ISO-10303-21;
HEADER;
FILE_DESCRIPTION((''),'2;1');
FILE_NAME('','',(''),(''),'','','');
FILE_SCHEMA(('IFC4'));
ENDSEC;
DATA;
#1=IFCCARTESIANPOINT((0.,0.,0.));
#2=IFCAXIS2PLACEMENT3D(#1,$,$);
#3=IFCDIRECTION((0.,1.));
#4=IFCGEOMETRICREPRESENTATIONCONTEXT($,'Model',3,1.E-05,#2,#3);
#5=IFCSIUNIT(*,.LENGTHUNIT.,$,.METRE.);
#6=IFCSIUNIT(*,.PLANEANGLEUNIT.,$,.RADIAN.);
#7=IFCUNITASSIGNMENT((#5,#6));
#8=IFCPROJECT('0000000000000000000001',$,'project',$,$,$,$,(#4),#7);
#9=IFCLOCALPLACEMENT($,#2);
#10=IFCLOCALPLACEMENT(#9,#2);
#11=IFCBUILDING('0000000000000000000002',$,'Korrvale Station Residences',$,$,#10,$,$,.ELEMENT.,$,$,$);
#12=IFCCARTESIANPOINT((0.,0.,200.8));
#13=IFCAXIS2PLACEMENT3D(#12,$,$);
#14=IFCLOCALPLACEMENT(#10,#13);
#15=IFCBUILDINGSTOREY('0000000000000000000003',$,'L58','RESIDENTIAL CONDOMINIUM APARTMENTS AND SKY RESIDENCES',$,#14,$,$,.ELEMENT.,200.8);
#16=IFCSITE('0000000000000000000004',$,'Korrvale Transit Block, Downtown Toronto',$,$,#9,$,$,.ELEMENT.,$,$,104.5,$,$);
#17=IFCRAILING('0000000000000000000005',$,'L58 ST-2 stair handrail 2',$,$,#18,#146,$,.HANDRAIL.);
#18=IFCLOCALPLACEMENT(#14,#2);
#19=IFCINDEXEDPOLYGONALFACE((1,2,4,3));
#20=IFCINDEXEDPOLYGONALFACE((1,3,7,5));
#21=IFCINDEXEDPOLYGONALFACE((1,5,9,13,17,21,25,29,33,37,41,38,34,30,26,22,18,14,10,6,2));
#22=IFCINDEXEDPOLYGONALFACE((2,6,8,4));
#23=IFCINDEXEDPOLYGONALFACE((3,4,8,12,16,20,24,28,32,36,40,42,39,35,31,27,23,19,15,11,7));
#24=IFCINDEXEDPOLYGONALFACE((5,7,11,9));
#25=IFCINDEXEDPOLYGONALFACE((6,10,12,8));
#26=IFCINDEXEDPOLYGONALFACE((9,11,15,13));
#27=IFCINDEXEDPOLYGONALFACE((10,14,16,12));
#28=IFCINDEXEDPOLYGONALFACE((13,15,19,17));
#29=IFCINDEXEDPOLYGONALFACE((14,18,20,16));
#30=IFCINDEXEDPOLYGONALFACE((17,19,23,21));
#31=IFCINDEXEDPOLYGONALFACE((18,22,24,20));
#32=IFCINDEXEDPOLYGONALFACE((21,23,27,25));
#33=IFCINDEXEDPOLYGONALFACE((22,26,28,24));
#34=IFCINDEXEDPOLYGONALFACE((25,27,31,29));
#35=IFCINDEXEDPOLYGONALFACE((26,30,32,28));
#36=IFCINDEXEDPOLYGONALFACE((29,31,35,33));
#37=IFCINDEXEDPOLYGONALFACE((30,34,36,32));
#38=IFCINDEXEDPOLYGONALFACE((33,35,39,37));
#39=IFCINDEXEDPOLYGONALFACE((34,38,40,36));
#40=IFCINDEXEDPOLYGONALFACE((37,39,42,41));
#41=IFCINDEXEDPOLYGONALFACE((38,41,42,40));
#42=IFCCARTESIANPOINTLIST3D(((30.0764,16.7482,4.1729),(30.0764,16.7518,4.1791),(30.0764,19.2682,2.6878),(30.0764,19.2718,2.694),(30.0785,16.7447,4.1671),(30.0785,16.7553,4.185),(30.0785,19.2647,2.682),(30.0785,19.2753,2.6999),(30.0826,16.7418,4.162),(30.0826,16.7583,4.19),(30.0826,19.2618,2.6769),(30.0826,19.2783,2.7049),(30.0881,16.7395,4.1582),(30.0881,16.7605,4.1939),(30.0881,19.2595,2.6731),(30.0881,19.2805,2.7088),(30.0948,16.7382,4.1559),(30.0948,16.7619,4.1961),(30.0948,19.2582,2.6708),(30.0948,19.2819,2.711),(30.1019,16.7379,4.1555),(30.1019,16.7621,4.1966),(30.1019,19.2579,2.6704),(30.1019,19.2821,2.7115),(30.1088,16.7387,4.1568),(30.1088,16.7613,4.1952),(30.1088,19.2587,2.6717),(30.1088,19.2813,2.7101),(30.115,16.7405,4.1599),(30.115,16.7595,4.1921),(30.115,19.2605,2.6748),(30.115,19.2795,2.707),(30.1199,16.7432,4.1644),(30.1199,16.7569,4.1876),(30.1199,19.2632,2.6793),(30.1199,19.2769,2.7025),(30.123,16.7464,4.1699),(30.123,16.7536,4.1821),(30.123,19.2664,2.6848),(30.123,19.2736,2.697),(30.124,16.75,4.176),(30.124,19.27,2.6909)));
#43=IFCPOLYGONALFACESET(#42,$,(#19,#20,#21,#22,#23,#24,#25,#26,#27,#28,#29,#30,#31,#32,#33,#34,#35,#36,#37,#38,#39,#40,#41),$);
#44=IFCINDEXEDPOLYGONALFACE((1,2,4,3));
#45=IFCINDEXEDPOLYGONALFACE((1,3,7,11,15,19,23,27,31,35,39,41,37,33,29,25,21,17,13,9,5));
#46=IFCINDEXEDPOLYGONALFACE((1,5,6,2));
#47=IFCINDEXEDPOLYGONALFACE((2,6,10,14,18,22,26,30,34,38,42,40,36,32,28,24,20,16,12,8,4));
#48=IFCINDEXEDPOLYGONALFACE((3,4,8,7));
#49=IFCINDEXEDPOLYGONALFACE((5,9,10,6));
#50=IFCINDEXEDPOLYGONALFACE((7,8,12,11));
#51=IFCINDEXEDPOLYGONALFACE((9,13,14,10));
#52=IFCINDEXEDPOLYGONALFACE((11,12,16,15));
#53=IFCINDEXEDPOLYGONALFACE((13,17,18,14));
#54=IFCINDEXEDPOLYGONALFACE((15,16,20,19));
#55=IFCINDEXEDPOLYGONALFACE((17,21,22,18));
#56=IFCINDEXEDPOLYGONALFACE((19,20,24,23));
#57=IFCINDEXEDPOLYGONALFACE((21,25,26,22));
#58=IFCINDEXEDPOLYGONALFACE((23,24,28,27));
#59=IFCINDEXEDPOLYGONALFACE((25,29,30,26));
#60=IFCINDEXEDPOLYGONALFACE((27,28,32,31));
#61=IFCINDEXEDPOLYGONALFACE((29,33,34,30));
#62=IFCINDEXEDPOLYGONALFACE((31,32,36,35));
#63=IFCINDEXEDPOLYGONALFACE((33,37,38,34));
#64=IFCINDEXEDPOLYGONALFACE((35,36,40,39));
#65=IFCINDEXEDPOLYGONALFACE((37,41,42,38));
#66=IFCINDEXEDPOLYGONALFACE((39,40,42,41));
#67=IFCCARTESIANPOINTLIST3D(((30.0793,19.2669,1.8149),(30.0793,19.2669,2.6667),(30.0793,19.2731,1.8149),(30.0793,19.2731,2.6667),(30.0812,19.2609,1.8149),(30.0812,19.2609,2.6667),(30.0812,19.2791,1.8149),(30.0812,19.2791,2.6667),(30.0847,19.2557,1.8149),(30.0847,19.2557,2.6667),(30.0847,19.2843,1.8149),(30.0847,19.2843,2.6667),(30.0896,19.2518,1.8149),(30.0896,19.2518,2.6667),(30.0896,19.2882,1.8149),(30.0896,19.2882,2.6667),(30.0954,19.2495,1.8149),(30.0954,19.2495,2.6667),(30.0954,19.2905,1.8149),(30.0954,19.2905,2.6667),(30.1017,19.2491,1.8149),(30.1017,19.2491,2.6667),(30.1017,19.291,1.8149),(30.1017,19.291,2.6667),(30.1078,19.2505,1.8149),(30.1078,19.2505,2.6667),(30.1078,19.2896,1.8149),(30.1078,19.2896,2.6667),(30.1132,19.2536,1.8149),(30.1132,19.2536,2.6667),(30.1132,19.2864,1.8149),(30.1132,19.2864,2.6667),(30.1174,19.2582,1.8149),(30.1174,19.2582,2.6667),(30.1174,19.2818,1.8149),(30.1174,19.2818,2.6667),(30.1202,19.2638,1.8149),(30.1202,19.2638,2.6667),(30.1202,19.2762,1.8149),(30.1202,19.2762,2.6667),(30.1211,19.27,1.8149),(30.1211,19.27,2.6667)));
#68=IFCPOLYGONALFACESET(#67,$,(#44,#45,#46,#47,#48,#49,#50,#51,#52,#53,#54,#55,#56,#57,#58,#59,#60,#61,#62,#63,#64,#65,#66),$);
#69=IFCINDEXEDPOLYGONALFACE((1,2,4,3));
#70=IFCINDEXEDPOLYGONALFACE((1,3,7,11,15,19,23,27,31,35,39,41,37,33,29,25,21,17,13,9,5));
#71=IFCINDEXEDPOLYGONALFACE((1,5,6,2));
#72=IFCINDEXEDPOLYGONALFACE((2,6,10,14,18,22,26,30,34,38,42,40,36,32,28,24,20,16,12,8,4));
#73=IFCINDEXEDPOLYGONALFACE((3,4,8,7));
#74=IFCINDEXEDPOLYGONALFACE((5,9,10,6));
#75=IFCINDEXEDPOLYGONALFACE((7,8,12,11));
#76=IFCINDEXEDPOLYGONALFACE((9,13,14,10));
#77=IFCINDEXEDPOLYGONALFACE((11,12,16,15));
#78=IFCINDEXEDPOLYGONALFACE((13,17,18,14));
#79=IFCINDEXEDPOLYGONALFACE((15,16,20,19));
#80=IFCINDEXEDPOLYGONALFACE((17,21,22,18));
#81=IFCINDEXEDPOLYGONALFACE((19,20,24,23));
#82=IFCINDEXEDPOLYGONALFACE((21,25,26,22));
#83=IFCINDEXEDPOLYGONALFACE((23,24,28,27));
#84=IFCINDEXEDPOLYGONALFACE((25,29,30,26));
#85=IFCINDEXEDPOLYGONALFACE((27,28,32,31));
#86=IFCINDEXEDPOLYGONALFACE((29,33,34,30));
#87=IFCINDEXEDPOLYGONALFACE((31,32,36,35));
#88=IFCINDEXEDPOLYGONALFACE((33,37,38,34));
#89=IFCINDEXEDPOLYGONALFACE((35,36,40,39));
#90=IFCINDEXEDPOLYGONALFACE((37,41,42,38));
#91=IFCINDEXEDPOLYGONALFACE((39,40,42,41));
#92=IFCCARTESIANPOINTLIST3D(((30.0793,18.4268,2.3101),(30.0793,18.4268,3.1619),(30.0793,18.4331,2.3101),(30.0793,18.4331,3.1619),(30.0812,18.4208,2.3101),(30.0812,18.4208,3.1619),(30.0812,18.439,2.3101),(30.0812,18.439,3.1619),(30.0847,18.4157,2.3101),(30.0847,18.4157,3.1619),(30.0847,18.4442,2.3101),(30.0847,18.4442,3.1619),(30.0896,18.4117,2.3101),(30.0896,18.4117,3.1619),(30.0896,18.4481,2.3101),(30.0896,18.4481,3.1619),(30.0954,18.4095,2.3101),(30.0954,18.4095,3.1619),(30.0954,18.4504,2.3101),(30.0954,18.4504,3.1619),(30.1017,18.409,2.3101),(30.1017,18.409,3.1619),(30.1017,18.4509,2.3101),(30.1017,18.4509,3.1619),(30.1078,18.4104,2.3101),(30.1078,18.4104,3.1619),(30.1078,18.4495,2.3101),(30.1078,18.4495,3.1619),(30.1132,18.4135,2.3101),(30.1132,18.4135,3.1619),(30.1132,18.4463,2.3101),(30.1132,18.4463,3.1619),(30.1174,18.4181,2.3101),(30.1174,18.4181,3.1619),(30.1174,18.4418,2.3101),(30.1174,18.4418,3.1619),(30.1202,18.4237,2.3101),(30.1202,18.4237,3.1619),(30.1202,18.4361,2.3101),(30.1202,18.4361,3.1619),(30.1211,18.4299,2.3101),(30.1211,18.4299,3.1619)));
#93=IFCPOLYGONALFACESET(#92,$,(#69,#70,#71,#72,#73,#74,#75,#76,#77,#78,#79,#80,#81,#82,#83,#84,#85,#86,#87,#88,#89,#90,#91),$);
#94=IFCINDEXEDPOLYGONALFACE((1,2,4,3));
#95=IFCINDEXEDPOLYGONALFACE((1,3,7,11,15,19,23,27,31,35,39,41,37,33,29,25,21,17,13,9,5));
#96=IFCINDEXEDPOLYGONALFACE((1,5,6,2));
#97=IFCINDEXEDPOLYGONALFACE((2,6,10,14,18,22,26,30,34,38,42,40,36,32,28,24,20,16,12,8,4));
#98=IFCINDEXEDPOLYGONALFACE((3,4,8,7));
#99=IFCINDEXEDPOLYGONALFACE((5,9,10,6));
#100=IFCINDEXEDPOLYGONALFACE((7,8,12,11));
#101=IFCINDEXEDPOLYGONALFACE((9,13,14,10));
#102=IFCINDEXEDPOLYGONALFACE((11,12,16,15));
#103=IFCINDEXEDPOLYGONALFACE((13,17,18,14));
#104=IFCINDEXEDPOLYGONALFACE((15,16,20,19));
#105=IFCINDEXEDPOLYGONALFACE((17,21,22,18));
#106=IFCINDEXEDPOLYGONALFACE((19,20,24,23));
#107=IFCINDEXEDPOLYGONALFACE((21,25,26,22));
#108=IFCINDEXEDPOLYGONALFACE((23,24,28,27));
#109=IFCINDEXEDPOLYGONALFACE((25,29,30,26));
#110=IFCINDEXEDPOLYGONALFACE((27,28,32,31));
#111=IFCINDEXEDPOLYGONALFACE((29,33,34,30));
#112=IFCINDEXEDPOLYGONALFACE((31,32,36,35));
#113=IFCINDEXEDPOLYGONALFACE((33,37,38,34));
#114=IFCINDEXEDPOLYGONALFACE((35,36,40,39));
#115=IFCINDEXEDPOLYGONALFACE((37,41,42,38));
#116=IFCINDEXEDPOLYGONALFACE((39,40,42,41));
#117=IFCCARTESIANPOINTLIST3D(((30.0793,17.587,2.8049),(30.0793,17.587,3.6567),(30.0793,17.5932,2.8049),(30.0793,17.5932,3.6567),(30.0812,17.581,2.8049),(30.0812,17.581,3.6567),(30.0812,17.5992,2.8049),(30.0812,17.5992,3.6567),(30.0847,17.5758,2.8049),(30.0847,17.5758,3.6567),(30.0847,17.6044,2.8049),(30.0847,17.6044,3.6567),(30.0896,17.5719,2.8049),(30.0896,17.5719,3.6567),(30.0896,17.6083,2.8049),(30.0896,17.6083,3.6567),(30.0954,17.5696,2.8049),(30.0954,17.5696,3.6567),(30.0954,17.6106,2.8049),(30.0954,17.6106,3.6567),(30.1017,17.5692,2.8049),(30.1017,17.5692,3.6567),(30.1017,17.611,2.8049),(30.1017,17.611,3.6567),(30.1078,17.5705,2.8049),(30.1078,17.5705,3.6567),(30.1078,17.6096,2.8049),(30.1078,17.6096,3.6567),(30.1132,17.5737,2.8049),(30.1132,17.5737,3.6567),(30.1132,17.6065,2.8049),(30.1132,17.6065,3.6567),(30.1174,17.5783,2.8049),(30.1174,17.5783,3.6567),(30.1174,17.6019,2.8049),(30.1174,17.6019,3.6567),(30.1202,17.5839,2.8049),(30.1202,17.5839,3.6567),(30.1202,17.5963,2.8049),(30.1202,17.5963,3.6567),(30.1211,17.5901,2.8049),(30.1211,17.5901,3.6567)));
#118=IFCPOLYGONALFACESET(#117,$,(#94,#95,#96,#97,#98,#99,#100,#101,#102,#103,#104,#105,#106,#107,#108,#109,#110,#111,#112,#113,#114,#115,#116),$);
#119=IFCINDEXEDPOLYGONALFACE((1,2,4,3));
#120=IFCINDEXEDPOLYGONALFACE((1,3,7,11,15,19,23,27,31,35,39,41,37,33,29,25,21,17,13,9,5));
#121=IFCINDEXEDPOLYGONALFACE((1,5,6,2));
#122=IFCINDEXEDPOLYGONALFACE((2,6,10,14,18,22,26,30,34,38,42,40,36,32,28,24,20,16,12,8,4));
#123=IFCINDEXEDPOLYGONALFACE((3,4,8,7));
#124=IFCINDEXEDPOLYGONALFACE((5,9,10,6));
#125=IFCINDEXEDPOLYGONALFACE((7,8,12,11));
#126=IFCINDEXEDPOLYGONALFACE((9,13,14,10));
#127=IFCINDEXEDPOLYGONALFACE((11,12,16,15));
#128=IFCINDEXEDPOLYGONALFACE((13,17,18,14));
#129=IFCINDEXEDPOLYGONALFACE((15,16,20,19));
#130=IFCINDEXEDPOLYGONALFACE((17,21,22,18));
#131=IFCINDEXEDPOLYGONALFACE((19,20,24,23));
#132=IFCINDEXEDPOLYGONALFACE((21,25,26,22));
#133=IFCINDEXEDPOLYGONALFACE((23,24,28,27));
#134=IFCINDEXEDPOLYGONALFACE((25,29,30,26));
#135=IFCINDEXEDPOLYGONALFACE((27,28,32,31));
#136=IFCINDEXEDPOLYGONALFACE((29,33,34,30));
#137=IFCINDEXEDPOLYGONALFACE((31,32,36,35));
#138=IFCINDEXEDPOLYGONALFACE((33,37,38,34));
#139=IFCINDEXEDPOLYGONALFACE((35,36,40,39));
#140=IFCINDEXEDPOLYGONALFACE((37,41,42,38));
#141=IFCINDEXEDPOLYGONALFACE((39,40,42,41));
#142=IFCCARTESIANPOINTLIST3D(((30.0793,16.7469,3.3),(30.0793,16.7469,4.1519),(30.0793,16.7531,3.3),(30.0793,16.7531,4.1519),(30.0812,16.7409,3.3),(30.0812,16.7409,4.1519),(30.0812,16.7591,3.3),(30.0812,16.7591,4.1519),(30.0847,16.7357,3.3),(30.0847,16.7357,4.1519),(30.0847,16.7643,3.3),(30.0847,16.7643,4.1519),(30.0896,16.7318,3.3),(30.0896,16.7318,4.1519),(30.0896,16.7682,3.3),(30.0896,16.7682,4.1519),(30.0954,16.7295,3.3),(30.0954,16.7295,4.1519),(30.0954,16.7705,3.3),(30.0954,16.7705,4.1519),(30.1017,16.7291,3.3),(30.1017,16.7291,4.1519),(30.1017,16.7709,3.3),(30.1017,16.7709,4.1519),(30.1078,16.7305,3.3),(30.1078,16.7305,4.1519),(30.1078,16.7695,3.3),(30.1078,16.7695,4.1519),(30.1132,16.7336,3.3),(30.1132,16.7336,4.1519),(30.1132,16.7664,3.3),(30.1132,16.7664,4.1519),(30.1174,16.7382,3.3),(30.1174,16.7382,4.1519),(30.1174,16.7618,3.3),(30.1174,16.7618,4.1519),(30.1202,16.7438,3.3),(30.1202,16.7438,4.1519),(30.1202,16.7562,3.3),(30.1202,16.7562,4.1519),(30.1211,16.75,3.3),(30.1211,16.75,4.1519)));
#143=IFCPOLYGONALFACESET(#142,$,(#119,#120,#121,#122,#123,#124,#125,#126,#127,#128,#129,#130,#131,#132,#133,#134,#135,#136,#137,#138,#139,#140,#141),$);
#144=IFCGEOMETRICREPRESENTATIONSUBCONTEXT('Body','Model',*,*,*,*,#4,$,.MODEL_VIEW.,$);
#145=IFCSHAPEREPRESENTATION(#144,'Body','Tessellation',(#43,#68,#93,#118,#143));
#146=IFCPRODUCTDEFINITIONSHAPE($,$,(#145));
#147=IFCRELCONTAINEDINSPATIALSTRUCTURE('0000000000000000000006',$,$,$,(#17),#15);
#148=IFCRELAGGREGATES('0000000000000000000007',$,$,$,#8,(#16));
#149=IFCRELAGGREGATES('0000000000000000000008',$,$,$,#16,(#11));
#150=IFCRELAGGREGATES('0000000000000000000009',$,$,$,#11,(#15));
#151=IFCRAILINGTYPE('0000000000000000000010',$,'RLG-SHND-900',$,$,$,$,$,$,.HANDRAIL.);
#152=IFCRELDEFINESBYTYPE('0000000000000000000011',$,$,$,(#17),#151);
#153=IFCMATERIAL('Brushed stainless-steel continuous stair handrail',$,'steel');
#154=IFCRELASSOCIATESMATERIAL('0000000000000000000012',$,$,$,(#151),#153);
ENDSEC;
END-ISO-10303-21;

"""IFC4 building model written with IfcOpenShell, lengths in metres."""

from ifc_helpers import new_model, si_unit, direction, frame, origin, origin_2d, place, context, subcontext, project, spatial, circle, extrude, material, type_object, element, save


model = new_model("IFC4")

# Units and contexts
model_context = context("Model", 3, precision=1e-05, world=origin(), true_north=direction((0.0, 1.0)))
body_context = subcontext(model_context, "Body", "Model", "MODEL_VIEW")
ifc_project = project(units=[si_unit("LENGTHUNIT", "METRE"), si_unit("PLANEANGLEUNIT", "RADIAN")], contexts=[model_context])

# Site, building, storey
site_placement = place(None, origin())
site = spatial("IfcSite", under=ifc_project, at=site_placement, Name="Korrvale Transit Block, Downtown Toronto", CompositionType="ELEMENT", RefElevation=104.5)
building_placement = place(site_placement, origin())
building = spatial("IfcBuilding", under=site, at=building_placement, Name="Korrvale Station Residences", CompositionType="ELEMENT")
storey_placement = place(building_placement, frame((0.0, 0.0, 200.8)))
storey = spatial("IfcBuildingStorey", under=building, at=storey_placement, Name="L58", Description="RESIDENTIAL CONDOMINIUM APARTMENTS AND SKY RESIDENCES", CompositionType="ELEMENT", Elevation=200.8)

# Railing
ifc_material_1 = material(Name="Brushed stainless-steel continuous stair handrail", Category="steel")
railing_type_1 = type_object("IfcRailingType", Name="RLG-SHND-900", PredefinedType="HANDRAIL", material=ifc_material_1)
railing_1_placement = place(storey_placement, frame((30.1001, 19.27, 1.8149)))
element("IfcRailing", 1, at=railing_1_placement, inside=storey, type_object=railing_type_1, Name="L58 ST-2 stair handrail 2", PredefinedType="HANDRAIL", context=body_context, shape_type="SweptSolid", body=[
    extrude(circle(Radius=0.0239, at=origin_2d()), frame((0.0, 0.0, 0.876), z_axis=(0.0, -0.861524, 0.507717), x_axis=(1.0, 0.0, 0.0)), (0.0, 0.0, 1.0), 2.925),
    extrude(circle(Radius=0.021, at=origin_2d()), origin(), (0.0, 0.0, 1.0), 0.8518),
    extrude(circle(Radius=0.021, at=origin_2d()), frame((0.0, -0.8401, 0.4951)), (0.0, 0.0, 1.0), 0.8518),
    extrude(circle(Radius=0.021, at=origin_2d()), frame((0.0, -1.6799, 0.99)), (0.0, 0.0, 1.0), 0.8518),
    extrude(circle(Radius=0.021, at=origin_2d()), frame((0.0, -2.52, 1.4851)), (0.0, 0.0, 1.0), 0.8518),
])

save(model, "model.ifc")
